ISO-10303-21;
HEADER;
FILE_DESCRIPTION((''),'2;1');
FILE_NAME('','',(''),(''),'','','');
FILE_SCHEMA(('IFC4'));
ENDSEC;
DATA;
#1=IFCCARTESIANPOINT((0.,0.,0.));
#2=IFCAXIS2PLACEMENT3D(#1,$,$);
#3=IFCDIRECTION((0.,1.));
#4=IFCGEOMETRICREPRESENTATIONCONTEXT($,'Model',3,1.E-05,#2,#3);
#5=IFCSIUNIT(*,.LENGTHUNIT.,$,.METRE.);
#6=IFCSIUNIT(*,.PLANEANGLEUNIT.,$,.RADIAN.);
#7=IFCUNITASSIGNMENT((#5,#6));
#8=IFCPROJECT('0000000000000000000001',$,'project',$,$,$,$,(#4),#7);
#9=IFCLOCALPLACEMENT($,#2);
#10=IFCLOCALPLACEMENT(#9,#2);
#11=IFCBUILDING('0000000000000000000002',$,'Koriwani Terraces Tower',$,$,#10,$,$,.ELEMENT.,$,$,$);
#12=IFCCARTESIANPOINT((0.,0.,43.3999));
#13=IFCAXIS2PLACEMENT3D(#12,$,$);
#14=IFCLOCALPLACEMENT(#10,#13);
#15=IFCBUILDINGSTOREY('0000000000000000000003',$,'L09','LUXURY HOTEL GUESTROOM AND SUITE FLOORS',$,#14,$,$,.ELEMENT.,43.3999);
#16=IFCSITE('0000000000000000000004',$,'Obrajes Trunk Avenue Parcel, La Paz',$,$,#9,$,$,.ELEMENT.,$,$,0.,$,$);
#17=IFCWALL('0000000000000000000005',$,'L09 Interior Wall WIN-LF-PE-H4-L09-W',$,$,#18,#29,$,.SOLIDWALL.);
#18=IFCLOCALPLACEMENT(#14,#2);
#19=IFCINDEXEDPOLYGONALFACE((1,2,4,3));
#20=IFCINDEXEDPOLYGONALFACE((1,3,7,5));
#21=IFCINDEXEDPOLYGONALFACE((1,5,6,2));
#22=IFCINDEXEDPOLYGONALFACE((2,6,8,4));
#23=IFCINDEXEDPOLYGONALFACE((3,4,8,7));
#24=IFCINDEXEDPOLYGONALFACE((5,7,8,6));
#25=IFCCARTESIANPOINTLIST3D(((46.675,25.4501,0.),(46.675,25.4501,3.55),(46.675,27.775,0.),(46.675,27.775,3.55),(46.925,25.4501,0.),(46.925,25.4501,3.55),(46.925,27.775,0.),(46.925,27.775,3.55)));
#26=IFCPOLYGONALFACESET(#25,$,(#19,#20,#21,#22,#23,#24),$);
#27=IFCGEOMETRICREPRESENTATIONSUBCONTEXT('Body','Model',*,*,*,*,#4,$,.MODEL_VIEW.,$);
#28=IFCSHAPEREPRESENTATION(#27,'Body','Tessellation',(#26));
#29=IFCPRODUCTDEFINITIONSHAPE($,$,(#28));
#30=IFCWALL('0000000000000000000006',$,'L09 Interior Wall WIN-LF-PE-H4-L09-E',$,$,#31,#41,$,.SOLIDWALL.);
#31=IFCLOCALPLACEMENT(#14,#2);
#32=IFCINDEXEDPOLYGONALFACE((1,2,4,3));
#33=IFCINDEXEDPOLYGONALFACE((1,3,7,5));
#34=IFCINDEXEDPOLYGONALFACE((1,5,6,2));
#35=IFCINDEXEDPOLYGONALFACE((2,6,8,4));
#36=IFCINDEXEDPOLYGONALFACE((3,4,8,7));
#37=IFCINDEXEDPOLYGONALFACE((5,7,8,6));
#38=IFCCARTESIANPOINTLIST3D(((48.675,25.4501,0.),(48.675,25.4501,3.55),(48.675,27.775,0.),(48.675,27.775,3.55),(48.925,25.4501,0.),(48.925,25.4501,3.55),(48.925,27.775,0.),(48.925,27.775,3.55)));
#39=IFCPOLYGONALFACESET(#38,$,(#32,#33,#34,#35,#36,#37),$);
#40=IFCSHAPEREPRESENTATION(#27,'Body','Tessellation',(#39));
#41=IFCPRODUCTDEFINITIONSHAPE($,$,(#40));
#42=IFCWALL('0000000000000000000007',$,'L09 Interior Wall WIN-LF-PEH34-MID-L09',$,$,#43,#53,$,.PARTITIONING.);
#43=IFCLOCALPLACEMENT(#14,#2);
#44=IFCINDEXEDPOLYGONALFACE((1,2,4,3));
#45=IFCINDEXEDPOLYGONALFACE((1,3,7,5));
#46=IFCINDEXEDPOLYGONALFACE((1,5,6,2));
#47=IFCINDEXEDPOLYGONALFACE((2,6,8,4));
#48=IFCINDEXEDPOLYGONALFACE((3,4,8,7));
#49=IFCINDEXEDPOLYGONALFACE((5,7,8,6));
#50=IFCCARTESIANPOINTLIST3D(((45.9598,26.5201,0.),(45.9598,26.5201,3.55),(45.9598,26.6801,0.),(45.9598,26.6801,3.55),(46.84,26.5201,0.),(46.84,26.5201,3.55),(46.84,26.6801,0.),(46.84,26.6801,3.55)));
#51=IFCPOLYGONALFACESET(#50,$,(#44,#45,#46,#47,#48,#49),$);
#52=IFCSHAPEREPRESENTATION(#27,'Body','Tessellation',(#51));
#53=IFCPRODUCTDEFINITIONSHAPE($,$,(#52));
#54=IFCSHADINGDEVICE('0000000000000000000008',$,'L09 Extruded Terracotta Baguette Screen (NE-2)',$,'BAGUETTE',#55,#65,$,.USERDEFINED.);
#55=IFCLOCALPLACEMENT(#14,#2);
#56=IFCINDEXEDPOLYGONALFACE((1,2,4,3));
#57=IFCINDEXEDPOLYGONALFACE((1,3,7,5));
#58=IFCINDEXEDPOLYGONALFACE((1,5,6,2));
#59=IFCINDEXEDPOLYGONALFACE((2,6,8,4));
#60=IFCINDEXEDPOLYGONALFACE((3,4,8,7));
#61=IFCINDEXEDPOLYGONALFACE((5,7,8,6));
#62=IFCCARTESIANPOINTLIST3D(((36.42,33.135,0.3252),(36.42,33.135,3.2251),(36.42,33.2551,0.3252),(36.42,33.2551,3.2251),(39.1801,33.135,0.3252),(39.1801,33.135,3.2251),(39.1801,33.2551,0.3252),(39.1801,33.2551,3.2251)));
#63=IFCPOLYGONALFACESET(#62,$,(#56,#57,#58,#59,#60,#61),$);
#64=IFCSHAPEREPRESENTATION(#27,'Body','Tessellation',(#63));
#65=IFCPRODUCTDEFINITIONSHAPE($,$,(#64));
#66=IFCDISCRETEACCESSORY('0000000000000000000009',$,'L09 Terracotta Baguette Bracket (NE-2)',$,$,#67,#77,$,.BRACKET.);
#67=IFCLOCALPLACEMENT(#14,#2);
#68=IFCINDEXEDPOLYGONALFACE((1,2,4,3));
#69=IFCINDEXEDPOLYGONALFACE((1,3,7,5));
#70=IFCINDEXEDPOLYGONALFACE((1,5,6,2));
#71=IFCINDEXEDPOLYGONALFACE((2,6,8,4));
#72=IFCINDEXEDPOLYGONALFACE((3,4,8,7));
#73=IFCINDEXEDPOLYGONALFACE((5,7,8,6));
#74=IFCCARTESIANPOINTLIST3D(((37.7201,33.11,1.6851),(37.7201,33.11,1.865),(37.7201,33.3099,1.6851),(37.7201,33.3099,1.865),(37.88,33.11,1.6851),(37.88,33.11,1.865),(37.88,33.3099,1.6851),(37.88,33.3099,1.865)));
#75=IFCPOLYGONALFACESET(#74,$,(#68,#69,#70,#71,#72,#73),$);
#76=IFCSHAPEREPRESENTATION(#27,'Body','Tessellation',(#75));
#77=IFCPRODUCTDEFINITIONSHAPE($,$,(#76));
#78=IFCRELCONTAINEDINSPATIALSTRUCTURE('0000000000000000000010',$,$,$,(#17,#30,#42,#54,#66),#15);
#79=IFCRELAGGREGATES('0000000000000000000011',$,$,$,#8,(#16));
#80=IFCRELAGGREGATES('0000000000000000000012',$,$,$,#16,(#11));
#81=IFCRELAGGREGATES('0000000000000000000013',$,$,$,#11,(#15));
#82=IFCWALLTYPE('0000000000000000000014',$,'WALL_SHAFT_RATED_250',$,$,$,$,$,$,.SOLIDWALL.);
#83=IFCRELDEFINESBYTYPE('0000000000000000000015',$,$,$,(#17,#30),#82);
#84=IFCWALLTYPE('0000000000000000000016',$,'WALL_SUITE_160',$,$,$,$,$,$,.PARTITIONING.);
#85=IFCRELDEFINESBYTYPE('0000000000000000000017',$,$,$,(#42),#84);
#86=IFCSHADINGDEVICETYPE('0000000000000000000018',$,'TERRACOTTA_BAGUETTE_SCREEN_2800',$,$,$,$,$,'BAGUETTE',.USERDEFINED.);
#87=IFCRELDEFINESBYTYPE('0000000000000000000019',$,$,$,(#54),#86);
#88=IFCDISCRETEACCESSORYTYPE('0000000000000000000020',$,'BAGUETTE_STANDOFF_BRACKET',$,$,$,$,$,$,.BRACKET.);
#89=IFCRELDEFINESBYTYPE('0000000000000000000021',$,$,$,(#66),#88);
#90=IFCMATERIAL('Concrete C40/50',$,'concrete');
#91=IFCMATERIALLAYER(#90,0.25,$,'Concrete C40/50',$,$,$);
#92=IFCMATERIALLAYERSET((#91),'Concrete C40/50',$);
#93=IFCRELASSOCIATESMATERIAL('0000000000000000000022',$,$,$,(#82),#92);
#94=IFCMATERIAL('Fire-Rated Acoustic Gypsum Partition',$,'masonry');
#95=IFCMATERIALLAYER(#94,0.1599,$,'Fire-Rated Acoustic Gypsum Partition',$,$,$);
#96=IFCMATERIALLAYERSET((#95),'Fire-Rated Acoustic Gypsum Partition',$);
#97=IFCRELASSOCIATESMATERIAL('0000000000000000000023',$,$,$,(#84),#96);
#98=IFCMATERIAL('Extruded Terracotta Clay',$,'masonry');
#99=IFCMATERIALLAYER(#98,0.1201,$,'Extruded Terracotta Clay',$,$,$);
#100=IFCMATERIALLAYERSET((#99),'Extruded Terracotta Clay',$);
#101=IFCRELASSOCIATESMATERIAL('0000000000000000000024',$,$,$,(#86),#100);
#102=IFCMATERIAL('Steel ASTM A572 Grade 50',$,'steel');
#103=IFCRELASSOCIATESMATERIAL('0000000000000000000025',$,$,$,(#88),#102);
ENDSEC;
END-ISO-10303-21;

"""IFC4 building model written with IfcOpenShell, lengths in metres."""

from ifc_helpers import new_model, si_unit, direction, frame, frame_2d, origin, origin_2d, place, context, subcontext, project, spatial, rectangle, extrude, material, layer, layer_set, type_object, element, save


model = new_model("IFC4")

# Units and contexts
model_context = context("Model", 3, precision=1e-05, world=origin(), true_north=direction((0.0, 1.0)))
body_context = subcontext(model_context, "Body", "Model", "MODEL_VIEW")
ifc_project = project(units=[si_unit("LENGTHUNIT", "METRE"), si_unit("PLANEANGLEUNIT", "RADIAN")], contexts=[model_context])

# Site, building, storey
site_placement = place(None, origin())
site = spatial("IfcSite", under=ifc_project, at=site_placement, Name="Obrajes Trunk Avenue Parcel, La Paz", CompositionType="ELEMENT", RefElevation=0.0)
building_placement = place(site_placement, origin())
building = spatial("IfcBuilding", under=site, at=building_placement, Name="Koriwani Terraces Tower", CompositionType="ELEMENT")
storey_placement = place(building_placement, frame((0.0, 0.0, 43.3999)))
storey = spatial("IfcBuildingStorey", under=building, at=storey_placement, Name="L09", Description="LUXURY HOTEL GUESTROOM AND SUITE FLOORS", CompositionType="ELEMENT", Elevation=43.3999)

# Shared definitions
ifc_material_1 = material(Name="Steel ASTM A572 Grade 50", Category="steel")

# Walls
ifc_material_2 = material(Name="Concrete C40/50", Category="concrete")
ifc_layer_1 = layer(ifc_material_2, 0.25, Name="Concrete C40/50")
ifc_layer_set_1 = layer_set([ifc_layer_1], Name="Concrete C40/50")
wall_type_1 = type_object("IfcWallType", Name="WALL_SHAFT_RATED_250", PredefinedType="SOLIDWALL", material=ifc_layer_set_1)
for number, where, z_axis, x_axis, name in (
    (1, (46.8, 25.45, 0.0), (0.0, 0.0, 1.0), (0.0, 1.0, 0.0), "L09 Interior Wall WIN-LF-PE-H4-L09-W"),
    (2, (48.8, 25.45, 0.0), (0.0, 0.0, 1.0), (0.0, 1.0, 0.0), "L09 Interior Wall WIN-LF-PE-H4-L09-E"),
):
    element("IfcWall", number, at=place(storey_placement, frame(where, z_axis=z_axis, x_axis=x_axis)), inside=storey, type_object=wall_type_1, Name=name, PredefinedType="SOLIDWALL", context=body_context, shape_type="SweptSolid", body=[
        extrude(rectangle(XDim=2.325, YDim=0.25, at=frame_2d((1.1626, 0.0))), origin(), (0.0, 0.0, 1.0), 3.55),
    ])
ifc_material_3 = material(Name="Fire-Rated Acoustic Gypsum Partition", Category="masonry")
ifc_layer_2 = layer(ifc_material_3, 0.1599, Name="Fire-Rated Acoustic Gypsum Partition")
ifc_layer_set_2 = layer_set([ifc_layer_2], Name="Fire-Rated Acoustic Gypsum Partition")
wall_type_2 = type_object("IfcWallType", Name="WALL_SUITE_160", PredefinedType="PARTITIONING", material=ifc_layer_set_2)
wall_1_placement = place(storey_placement, frame((45.96, 26.6001, 0.0), z_axis=(0.0, 0.0, 1.0), x_axis=(1.0, 0.0, 0.0)))
element("IfcWall", 3, at=wall_1_placement, inside=storey, type_object=wall_type_2, Name="L09 Interior Wall WIN-LF-PEH34-MID-L09", PredefinedType="PARTITIONING", context=body_context, shape_type="SweptSolid", body=[
    extrude(rectangle(XDim=0.8801, YDim=0.1599, at=frame_2d((0.4399, 0.0))), origin(), (0.0, 0.0, 1.0), 3.55),
])

# Shading device
ifc_material_4 = material(Name="Extruded Terracotta Clay", Category="masonry")
ifc_layer_3 = layer(ifc_material_4, 0.1201, Name="Extruded Terracotta Clay")
ifc_layer_set_3 = layer_set([ifc_layer_3], Name="Extruded Terracotta Clay")
shading_device_type = type_object("IfcShadingDeviceType", Name="TERRACOTTA_BAGUETTE_SCREEN_2800", ElementType="BAGUETTE", PredefinedType="USERDEFINED", material=ifc_layer_set_3)
shading_device_placement = place(storey_placement, frame((37.8, 33.1951, 0.3252), z_axis=(0.0, 0.0, 1.0), x_axis=(1.0, 0.0, 0.0)))
element("IfcShadingDevice", 4, at=shading_device_placement, inside=storey, type_object=shading_device_type, Name="L09 Extruded Terracotta Baguette Screen (NE-2)", ObjectType="BAGUETTE", PredefinedType="USERDEFINED", context=body_context, shape_type="SweptSolid", body=[
    extrude(rectangle(XDim=2.76, YDim=0.1201, at=origin_2d()), origin(), (0.0, 0.0, 1.0), 2.8999),
])

# Discrete accessory
discrete_accessory_type = type_object("IfcDiscreteAccessoryType", Name="BAGUETTE_STANDOFF_BRACKET", PredefinedType="BRACKET", material=ifc_material_1)
discrete_accessory_placement = place(storey_placement, frame((37.8, 33.21, 1.6851), z_axis=(0.0, 0.0, 1.0), x_axis=(1.0, 0.0, 0.0)))
element("IfcDiscreteAccessory", 5, at=discrete_accessory_placement, inside=storey, type_object=discrete_accessory_type, Name="L09 Terracotta Baguette Bracket (NE-2)", PredefinedType="BRACKET", context=body_context, shape_type="SweptSolid", body=[
    extrude(rectangle(XDim=0.1599, YDim=0.2, at=origin_2d()), origin(), (0.0, 0.0, 1.0), 0.1799),
])

save(model, "model.ifc")
